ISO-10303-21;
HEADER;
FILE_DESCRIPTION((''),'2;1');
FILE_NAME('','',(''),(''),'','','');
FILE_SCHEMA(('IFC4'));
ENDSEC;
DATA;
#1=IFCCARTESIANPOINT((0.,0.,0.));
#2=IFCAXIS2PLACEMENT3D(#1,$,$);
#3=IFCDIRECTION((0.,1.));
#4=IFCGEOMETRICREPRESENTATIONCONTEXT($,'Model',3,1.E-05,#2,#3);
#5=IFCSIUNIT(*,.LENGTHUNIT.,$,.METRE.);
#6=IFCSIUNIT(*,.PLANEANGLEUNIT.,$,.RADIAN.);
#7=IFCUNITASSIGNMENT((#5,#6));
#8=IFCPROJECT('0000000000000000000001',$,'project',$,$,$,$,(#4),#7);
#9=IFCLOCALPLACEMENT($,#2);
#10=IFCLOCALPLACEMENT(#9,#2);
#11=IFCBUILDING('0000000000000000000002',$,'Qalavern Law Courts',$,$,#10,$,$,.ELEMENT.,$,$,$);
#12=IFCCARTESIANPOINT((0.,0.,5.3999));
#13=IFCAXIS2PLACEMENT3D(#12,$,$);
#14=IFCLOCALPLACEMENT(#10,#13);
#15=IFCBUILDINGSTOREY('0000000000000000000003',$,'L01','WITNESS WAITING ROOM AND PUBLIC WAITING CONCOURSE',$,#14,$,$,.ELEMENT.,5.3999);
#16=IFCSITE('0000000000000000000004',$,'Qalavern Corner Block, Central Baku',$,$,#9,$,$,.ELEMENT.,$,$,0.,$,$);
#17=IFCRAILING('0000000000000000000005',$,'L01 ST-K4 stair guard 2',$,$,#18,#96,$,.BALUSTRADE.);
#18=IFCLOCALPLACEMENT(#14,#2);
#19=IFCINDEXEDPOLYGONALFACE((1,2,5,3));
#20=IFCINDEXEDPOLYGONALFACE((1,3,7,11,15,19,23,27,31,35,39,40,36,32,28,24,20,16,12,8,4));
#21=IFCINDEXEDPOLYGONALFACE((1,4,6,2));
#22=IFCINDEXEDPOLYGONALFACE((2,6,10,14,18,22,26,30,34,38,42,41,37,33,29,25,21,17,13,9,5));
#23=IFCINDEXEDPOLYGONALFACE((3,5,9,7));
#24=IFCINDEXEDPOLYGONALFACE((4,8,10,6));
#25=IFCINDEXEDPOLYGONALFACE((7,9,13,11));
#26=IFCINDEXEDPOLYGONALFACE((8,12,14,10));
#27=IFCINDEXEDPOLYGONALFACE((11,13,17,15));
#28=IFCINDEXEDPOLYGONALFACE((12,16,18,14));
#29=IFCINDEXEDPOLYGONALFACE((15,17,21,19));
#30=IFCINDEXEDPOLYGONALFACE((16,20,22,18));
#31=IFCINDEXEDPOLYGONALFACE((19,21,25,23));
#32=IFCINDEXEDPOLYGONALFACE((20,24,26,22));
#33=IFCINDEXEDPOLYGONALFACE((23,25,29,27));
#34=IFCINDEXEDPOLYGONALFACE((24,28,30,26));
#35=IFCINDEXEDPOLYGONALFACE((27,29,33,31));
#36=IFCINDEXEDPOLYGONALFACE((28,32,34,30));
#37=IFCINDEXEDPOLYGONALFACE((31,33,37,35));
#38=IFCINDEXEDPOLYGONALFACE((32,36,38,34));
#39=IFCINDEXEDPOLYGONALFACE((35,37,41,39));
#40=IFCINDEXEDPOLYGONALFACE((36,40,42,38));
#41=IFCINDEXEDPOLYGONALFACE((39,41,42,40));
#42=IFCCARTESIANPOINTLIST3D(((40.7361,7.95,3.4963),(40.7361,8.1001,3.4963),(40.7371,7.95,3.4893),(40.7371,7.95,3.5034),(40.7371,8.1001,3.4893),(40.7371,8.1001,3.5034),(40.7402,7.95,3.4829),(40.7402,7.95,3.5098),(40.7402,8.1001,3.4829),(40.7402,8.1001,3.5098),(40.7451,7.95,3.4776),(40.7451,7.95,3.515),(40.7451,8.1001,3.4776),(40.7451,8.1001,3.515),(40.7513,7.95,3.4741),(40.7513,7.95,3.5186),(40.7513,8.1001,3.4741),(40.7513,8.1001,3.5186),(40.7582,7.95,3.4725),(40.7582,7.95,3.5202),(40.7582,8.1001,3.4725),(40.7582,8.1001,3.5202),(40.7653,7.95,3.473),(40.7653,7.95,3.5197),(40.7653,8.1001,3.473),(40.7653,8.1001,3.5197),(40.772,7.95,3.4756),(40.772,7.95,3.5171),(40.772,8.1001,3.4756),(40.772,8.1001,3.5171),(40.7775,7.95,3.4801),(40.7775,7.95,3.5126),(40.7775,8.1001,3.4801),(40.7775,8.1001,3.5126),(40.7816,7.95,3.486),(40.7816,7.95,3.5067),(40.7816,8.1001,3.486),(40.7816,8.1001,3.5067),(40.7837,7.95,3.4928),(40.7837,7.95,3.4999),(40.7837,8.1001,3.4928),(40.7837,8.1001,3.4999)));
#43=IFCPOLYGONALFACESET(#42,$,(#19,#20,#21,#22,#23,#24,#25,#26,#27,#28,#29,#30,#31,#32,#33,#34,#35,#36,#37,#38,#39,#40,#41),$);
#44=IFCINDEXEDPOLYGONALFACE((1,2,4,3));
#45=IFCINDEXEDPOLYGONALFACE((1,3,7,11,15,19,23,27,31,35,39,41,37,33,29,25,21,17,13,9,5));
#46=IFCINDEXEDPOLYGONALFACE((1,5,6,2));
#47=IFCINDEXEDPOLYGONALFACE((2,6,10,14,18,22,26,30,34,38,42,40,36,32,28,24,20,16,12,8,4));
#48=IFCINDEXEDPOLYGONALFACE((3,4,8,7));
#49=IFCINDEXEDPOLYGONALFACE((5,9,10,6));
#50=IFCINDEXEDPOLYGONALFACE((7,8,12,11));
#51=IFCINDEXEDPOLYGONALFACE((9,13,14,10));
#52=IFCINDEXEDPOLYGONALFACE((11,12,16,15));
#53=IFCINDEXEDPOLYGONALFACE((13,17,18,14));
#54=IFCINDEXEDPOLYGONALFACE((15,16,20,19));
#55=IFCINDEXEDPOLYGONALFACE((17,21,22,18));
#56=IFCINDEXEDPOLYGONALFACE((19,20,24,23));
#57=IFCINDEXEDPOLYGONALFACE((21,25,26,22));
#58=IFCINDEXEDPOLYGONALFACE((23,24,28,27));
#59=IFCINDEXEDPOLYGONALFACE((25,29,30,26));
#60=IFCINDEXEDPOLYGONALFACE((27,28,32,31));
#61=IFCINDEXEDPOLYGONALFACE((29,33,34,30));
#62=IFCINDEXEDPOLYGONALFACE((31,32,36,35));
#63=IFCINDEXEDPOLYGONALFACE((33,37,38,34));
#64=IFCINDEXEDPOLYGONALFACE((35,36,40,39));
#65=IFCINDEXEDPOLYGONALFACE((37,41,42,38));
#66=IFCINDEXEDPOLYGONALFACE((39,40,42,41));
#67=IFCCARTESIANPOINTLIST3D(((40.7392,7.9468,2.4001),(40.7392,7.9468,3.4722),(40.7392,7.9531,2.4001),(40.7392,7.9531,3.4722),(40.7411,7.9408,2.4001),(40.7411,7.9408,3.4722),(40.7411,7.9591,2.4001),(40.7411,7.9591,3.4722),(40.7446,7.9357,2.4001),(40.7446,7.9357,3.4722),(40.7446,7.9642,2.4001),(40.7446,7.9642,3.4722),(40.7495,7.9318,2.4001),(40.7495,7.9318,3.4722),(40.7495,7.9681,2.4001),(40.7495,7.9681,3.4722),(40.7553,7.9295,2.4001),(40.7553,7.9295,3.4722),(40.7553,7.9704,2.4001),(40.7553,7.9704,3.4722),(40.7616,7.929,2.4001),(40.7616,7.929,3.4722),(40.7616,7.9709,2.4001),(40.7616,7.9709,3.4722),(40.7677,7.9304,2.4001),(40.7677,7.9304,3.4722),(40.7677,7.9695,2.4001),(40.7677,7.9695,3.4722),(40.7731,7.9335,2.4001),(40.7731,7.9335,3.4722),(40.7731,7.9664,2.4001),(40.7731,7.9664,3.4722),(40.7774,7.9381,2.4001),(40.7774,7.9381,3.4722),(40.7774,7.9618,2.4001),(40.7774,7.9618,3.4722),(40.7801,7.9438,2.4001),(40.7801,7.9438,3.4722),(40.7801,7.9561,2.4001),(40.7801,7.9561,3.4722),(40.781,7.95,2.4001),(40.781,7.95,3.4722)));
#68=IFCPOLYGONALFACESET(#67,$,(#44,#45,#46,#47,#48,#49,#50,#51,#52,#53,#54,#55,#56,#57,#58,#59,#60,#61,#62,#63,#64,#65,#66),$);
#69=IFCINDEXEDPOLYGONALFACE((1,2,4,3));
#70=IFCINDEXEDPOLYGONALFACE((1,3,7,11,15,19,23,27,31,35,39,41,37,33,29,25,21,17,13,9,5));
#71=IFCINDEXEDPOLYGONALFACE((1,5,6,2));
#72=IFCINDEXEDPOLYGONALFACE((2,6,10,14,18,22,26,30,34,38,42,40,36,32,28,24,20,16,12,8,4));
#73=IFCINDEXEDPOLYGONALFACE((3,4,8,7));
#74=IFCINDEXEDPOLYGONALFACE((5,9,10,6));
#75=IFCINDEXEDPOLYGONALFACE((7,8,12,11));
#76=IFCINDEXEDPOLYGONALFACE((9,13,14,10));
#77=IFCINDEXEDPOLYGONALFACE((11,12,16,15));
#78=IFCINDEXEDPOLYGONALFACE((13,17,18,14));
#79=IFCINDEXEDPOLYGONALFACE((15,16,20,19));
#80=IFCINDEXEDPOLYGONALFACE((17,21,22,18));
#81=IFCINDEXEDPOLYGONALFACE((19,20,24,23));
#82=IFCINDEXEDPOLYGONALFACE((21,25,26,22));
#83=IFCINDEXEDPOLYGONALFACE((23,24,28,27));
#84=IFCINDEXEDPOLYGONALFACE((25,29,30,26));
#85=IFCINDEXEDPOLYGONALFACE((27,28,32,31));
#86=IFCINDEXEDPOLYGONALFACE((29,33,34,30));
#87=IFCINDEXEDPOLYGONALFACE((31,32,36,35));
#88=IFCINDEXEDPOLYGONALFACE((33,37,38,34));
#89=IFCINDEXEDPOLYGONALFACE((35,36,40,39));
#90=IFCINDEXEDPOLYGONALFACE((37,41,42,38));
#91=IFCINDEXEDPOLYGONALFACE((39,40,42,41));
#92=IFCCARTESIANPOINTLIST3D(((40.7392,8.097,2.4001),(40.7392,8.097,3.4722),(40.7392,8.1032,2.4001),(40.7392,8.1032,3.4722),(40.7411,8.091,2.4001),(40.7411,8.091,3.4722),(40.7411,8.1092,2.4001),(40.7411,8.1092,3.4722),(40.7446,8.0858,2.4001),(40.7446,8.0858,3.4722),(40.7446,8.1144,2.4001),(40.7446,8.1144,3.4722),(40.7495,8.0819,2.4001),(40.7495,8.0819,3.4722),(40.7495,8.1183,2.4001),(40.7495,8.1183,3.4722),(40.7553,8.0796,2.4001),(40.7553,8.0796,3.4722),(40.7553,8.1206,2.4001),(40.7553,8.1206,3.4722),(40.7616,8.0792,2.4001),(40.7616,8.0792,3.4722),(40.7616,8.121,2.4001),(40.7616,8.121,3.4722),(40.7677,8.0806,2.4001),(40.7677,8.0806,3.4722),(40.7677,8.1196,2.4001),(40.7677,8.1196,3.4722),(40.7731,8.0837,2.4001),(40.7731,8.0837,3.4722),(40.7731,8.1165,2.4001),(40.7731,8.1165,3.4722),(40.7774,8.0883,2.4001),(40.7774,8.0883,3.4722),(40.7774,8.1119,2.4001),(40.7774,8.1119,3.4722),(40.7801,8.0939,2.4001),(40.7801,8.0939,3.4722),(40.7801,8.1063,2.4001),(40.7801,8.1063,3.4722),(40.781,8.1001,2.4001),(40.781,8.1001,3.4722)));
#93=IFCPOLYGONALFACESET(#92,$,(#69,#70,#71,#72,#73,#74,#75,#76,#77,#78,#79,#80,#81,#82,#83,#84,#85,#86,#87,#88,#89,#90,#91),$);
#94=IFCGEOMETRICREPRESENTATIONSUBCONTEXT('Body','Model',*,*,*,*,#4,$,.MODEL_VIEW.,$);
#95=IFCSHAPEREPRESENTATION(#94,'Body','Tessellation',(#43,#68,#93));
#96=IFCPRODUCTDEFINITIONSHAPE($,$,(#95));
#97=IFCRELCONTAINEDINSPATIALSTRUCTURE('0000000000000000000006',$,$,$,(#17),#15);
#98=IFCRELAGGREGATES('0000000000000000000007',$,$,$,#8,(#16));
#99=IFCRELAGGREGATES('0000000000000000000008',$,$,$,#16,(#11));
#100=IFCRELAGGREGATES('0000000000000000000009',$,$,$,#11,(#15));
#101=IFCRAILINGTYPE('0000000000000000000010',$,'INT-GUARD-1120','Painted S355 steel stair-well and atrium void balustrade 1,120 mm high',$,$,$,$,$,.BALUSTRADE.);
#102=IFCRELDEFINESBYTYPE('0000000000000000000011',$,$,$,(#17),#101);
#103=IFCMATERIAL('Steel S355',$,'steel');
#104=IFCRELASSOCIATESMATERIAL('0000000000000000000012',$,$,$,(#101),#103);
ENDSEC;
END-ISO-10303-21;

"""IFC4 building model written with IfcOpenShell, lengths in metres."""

from ifc_helpers import new_model, si_unit, direction, frame, origin, origin_2d, place, context, subcontext, project, spatial, circle, extrude, material, type_object, element, save


model = new_model("IFC4")

# Units and contexts
model_context = context("Model", 3, precision=1e-05, world=origin(), true_north=direction((0.0, 1.0)))
body_context = subcontext(model_context, "Body", "Model", "MODEL_VIEW")
ifc_project = project(units=[si_unit("LENGTHUNIT", "METRE"), si_unit("PLANEANGLEUNIT", "RADIAN")], contexts=[model_context])

# Site, building, storey
site_placement = place(None, origin())
site = spatial("IfcSite", under=ifc_project, at=site_placement, Name="Qalavern Corner Block, Central Baku", CompositionType="ELEMENT", RefElevation=0.0)
building_placement = place(site_placement, origin())
building = spatial("IfcBuilding", under=site, at=building_placement, Name="Qalavern Law Courts", CompositionType="ELEMENT")
storey_placement = place(building_placement, frame((0.0, 0.0, 5.3999)))
storey = spatial("IfcBuildingStorey", under=building, at=storey_placement, Name="L01", Description="WITNESS WAITING ROOM AND PUBLIC WAITING CONCOURSE", CompositionType="ELEMENT", Elevation=5.3999)

# Shared definitions
ifc_material_1 = material(Name="Steel S355", Category="steel")

# Railing
railing_type_1 = type_object("IfcRailingType", Name="INT-GUARD-1120", Description="Painted S355 steel stair-well and atrium void balustrade 1,120 mm high", PredefinedType="BALUSTRADE", material=ifc_material_1)
railing_1_placement = place(storey_placement, frame((40.76, 7.95, 2.4001)))
element("IfcRailing", 1, at=railing_1_placement, inside=storey, type_object=railing_type_1, Name="L01 ST-K4 stair guard 2", PredefinedType="BALUSTRADE", context=body_context, shape_type="SweptSolid", body=[
    extrude(circle(Radius=0.0239, at=origin_2d()), frame((0.0, 0.0, 1.0962), z_axis=(0.0, 1.0, 0.0), x_axis=(-1.0, 0.0, 0.0)), (0.0, 0.0, 1.0), 0.1501),
    extrude(circle(Radius=0.021, at=origin_2d()), origin(), (0.0, 0.0, 1.0), 1.072),
    extrude(circle(Radius=0.021, at=origin_2d()), frame((0.0, 0.1501, 0.0)), (0.0, 0.0, 1.0), 1.072),
])

save(model, "model.ifc")
